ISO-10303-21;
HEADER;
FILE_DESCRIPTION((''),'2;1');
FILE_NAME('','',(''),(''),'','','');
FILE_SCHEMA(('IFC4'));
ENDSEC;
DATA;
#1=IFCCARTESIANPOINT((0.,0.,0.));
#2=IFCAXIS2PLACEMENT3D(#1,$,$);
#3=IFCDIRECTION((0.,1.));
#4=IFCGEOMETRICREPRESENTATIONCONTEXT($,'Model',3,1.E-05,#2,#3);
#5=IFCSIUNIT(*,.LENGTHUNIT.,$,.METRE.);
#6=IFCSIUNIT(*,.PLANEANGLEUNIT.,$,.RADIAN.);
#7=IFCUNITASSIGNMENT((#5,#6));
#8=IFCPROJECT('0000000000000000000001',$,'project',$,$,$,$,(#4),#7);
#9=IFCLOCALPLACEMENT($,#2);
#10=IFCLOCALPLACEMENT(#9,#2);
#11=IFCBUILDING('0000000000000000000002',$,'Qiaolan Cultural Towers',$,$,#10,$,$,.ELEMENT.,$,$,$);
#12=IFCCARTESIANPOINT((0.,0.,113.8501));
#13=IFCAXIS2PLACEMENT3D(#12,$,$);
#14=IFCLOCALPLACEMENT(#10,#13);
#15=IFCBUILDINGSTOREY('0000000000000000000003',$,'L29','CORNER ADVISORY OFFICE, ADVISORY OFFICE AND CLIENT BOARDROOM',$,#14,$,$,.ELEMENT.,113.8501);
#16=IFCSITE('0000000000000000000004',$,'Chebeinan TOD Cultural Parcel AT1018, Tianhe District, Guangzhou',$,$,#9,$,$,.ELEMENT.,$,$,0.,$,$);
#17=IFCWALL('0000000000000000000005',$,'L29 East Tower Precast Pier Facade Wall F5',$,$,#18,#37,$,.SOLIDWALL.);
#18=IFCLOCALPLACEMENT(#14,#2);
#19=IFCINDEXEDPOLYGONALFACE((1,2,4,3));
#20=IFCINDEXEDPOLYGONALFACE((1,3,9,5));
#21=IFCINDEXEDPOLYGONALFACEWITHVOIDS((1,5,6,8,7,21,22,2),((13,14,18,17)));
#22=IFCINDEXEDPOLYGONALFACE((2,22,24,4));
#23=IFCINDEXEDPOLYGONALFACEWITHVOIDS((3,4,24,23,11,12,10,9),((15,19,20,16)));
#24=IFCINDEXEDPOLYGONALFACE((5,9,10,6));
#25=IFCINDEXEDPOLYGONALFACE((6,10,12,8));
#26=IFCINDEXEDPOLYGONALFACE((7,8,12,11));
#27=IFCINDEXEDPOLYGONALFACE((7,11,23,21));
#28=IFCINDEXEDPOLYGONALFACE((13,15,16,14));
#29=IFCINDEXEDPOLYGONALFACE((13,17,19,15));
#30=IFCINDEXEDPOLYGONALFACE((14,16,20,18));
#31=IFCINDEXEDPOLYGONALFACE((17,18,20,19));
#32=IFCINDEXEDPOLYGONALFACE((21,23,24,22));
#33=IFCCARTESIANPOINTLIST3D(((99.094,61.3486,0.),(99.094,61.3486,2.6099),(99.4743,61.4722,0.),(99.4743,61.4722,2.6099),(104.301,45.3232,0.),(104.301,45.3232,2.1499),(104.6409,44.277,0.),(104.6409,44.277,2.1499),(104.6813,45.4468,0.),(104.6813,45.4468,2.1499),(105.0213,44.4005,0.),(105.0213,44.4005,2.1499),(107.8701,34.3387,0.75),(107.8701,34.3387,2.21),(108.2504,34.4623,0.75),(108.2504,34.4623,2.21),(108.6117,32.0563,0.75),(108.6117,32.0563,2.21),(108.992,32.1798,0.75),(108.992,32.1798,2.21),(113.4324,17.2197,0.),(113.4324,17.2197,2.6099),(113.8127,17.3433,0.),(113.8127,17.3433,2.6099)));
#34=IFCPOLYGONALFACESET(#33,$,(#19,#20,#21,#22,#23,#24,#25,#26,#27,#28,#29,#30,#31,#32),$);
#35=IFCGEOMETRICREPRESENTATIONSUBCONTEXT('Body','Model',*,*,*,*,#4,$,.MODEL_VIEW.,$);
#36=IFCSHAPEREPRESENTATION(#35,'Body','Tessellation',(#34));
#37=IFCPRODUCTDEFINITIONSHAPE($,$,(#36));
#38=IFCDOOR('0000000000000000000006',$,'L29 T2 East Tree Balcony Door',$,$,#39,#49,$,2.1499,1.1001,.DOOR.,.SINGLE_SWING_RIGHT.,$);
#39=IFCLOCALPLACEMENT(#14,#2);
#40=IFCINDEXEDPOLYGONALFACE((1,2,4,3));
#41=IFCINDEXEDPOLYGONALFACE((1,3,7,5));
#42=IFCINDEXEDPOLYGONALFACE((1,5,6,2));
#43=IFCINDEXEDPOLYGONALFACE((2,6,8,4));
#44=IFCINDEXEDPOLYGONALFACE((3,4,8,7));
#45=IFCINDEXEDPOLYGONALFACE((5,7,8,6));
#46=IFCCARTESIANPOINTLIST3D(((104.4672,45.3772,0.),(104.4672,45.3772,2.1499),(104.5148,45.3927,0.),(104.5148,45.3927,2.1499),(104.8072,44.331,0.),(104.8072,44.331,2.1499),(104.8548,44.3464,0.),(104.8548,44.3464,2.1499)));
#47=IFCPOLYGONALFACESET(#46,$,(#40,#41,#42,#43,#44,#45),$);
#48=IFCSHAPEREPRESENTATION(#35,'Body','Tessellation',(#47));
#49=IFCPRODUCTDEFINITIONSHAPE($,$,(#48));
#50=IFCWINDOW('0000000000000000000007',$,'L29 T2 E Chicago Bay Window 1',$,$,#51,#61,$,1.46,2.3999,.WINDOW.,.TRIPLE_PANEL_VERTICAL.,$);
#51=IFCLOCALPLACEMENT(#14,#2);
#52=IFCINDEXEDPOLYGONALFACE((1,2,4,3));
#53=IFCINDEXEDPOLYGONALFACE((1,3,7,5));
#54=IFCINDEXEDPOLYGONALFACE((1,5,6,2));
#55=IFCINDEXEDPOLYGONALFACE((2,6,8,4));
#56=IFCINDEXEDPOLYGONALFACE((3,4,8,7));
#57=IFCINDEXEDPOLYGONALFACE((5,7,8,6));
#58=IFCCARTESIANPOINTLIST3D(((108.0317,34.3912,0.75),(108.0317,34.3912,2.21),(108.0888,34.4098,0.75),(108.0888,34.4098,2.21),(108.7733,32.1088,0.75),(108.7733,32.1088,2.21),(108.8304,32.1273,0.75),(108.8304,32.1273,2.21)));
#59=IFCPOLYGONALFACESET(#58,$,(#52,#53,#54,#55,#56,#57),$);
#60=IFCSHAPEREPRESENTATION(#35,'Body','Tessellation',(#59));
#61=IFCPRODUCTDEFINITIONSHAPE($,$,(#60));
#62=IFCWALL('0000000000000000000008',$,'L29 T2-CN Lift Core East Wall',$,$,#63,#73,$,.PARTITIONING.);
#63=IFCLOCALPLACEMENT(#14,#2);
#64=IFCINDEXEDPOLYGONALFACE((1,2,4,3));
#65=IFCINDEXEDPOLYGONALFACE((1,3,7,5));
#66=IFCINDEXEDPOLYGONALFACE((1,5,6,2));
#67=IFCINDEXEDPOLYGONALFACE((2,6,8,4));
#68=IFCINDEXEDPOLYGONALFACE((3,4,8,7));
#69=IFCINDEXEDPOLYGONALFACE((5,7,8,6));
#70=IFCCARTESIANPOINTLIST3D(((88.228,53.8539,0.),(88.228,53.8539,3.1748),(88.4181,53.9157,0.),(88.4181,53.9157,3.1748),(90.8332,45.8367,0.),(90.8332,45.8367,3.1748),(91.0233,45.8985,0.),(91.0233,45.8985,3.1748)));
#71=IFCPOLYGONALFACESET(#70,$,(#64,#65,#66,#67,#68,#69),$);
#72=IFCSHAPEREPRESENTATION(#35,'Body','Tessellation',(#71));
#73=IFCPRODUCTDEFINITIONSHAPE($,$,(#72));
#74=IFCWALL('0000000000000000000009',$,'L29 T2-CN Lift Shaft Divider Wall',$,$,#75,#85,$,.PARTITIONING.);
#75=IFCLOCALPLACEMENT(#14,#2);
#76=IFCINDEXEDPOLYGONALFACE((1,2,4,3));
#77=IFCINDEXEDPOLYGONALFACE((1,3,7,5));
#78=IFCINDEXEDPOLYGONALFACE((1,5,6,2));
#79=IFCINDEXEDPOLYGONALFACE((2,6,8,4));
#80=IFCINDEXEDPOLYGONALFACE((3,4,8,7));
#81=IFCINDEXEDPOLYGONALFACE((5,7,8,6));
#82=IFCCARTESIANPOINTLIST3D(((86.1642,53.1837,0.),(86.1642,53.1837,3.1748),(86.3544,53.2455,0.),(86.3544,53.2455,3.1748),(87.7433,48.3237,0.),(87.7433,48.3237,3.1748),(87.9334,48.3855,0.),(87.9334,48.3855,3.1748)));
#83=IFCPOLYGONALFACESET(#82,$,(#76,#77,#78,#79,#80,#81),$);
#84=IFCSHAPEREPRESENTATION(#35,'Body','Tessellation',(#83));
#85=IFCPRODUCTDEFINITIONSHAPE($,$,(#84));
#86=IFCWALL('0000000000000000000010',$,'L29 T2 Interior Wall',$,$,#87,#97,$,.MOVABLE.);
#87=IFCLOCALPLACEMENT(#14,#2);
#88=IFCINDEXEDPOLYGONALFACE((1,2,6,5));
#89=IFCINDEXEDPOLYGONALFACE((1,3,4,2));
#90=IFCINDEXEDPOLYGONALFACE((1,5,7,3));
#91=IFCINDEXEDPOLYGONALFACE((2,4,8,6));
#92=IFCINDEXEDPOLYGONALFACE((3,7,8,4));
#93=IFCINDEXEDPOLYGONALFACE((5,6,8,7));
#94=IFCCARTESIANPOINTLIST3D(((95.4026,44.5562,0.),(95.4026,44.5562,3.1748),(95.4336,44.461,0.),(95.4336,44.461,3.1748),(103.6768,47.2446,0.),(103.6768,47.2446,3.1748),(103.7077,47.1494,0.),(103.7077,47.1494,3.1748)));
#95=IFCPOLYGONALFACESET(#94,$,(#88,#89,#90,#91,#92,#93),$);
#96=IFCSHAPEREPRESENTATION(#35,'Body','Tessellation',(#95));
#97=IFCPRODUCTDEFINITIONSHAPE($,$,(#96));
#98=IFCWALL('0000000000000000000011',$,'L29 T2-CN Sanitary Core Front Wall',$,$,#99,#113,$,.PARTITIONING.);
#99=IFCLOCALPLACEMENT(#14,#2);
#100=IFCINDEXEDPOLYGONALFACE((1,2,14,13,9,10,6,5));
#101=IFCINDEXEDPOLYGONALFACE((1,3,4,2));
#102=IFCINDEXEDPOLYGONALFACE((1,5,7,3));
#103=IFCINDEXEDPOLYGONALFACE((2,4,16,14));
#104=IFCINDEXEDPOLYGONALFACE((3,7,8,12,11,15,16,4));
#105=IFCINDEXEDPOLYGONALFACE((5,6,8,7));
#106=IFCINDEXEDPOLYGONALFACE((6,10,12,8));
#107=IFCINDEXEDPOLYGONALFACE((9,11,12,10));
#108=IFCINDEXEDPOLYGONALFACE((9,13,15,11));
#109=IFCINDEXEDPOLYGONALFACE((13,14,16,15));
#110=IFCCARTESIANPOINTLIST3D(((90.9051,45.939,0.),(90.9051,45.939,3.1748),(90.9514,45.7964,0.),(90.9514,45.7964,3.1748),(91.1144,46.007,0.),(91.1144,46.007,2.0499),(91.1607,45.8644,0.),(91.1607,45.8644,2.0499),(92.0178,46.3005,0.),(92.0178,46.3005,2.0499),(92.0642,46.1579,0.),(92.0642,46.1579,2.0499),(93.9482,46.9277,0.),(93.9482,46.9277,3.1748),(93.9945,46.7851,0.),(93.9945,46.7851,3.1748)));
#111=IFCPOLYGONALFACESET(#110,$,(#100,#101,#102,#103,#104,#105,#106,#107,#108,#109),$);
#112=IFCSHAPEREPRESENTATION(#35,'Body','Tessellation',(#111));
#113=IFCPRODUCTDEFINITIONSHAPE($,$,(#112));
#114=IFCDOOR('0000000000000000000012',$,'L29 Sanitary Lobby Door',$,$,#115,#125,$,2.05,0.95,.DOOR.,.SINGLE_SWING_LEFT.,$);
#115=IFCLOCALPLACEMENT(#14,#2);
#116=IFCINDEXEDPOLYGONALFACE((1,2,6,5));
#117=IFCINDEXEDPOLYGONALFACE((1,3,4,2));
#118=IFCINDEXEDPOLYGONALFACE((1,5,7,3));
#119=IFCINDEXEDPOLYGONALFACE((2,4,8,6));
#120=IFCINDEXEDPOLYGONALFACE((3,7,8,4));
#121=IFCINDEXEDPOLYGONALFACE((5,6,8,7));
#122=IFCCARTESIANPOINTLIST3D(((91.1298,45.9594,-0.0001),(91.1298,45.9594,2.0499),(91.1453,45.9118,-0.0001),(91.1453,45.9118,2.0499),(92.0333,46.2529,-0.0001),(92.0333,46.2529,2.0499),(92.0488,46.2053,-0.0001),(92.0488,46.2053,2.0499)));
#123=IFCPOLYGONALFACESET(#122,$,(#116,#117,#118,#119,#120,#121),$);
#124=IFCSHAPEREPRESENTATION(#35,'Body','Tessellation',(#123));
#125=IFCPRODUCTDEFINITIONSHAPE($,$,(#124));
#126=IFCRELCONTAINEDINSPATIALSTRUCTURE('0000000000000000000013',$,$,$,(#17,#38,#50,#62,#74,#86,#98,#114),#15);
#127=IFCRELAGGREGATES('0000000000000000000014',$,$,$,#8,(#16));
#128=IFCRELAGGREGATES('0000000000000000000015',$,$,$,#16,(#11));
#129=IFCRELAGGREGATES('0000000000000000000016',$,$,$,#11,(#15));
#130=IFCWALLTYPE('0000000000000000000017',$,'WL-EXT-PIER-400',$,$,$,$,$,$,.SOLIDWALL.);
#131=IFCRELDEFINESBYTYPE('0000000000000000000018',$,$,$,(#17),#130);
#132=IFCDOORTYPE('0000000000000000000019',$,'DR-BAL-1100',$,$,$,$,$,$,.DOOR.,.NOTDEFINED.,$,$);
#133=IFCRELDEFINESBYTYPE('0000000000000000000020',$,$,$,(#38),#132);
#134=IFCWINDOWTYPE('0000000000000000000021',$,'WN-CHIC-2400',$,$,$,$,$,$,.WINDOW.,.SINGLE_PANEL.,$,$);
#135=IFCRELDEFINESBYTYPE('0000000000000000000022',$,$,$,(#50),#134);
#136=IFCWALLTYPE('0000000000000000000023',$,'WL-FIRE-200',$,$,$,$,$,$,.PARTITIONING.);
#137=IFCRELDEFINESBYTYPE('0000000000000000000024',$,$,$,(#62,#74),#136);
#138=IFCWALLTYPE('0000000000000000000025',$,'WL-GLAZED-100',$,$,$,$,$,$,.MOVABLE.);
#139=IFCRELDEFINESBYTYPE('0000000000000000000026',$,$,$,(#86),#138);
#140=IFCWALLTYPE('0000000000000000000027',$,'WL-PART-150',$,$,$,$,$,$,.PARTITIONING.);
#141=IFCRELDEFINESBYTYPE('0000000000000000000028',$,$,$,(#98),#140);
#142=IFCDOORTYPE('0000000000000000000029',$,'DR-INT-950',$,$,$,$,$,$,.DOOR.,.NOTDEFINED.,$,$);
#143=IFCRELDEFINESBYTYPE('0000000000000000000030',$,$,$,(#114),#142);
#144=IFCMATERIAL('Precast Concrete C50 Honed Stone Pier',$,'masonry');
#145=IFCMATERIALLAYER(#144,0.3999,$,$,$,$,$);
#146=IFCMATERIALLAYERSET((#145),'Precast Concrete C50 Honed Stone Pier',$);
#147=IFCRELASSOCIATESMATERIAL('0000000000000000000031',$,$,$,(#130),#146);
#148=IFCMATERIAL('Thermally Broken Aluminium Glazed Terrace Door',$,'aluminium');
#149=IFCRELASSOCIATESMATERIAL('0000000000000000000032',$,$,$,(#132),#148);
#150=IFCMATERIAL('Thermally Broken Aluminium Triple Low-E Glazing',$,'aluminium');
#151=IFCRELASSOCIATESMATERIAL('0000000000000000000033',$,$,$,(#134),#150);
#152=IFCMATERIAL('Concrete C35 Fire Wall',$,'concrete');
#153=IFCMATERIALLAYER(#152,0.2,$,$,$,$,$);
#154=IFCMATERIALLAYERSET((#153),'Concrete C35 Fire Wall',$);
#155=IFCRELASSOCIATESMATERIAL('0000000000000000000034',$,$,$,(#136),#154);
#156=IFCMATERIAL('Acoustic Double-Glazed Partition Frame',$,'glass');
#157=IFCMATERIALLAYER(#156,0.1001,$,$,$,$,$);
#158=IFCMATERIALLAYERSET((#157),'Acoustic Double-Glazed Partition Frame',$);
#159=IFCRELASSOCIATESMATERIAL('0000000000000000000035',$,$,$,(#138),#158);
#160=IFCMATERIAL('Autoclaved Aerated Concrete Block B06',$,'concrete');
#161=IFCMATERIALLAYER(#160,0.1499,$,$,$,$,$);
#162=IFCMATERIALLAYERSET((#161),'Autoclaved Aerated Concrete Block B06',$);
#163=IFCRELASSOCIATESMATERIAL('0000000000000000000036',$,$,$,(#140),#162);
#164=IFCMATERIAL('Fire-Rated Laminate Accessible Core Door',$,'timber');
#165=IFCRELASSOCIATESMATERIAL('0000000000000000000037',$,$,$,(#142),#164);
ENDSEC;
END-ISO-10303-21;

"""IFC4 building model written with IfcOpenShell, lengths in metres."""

from ifc_helpers import new_model, si_unit, direction, frame, frame_2d, origin, place, context, subcontext, project, spatial, rectangle, extrude, material, layer, layer_set, type_object, element, fill, save


model = new_model("IFC4")

# Units and contexts
model_context = context("Model", 3, precision=1e-05, world=origin(), true_north=direction((0.0, 1.0)))
body_context = subcontext(model_context, "Body", "Model", "MODEL_VIEW")
ifc_project = project(units=[si_unit("LENGTHUNIT", "METRE"), si_unit("PLANEANGLEUNIT", "RADIAN")], contexts=[model_context])

# Site, building, storey
site_placement = place(None, origin())
site = spatial("IfcSite", under=ifc_project, at=site_placement, Name="Chebeinan TOD Cultural Parcel AT1018, Tianhe District, Guangzhou", CompositionType="ELEMENT", RefElevation=0.0)
building_placement = place(site_placement, origin())
building = spatial("IfcBuilding", under=site, at=building_placement, Name="Qiaolan Cultural Towers", CompositionType="ELEMENT")
storey_placement = place(building_placement, frame((0.0, 0.0, 113.8501)))
storey = spatial("IfcBuildingStorey", under=building, at=storey_placement, Name="L29", Description="CORNER ADVISORY OFFICE, ADVISORY OFFICE AND CLIENT BOARDROOM", CompositionType="ELEMENT", Elevation=113.8501)

# Shared definitions
ifc_material_1 = material(Name="Precast Concrete C50 Honed Stone Pier", Category="masonry")
ifc_layer_1 = layer(ifc_material_1, 0.3999)
ifc_layer_set_1 = layer_set([ifc_layer_1], Name="Precast Concrete C50 Honed Stone Pier")
wall_type_1 = type_object("IfcWallType", Name="WL-EXT-PIER-400", PredefinedType="SOLIDWALL", material=ifc_layer_set_1)

# Wall, openings, door, window
wall_1_placement = place(storey_placement, frame((99.2842, 61.4104, 0.0), z_axis=(0.0, 0.0, 1.0), x_axis=(0.309018, -0.951056, 0.0)))
wall_1 = element("IfcWall", 1, at=wall_1_placement, inside=storey, type_object=wall_type_1, Name="L29 East Tower Precast Pier Facade Wall F5", PredefinedType="SOLIDWALL", context=body_context, shape_type="SweptSolid", body=[
    extrude(rectangle(XDim=46.3999, YDim=0.3999, at=frame_2d((23.2, 0.0))), origin(), (0.0, 0.0, 1.0), 2.6099),
])
opening_1_placement = place(wall_1_placement, frame((28.3999, 0.0, 0.75)))
opening_1 = element("IfcOpeningElement", 2, at=opening_1_placement, cuts=wall_1, PredefinedType="OPENING", context=body_context, shape_type="SweptSolid", body=[
    extrude(rectangle(XDim=2.3999, YDim=1.46, at=frame_2d((1.2, 0.73))), frame((0.0, 0.21, 0.0), z_axis=(0.0, -1.0, 0.0), x_axis=(1.0, 0.0, 0.0)), (0.0, 0.0, 1.0), 0.4199),
])
opening_2_placement = place(wall_1_placement, frame((16.8501, 0.0, 0.0)))
opening_2 = element("IfcOpeningElement", 3, at=opening_2_placement, cuts=wall_1, PredefinedType="OPENING", context=body_context, shape_type="SweptSolid", body=[
    extrude(rectangle(XDim=1.1001, YDim=2.1499, at=frame_2d((0.55, 1.075))), frame((0.0, 0.21, 0.0), z_axis=(0.0, -1.0, 0.0), x_axis=(1.0, 0.0, 0.0)), (0.0, 0.0, 1.0), 0.4199),
])
ifc_material_2 = material(Name="Thermally Broken Aluminium Glazed Terrace Door", Category="aluminium")
door_type_1 = type_object("IfcDoorType", Name="DR-BAL-1100", OperationType="NOTDEFINED", PredefinedType="DOOR", material=ifc_material_2)
door_1_placement = place(opening_2_placement, origin())
door_1 = element("IfcDoor", 4, at=door_1_placement, inside=storey, type_object=door_type_1, Name="L29 T2 East Tree Balcony Door", OperationType="SINGLE_SWING_RIGHT", OverallHeight=2.1499, OverallWidth=1.1001, PredefinedType="DOOR", context=body_context, shape_type="SweptSolid", body=[
    extrude(rectangle(XDim=1.1001, YDim=2.1499, at=frame_2d((0.55, 1.075))), frame((0.0, 0.0249, 0.0), z_axis=(0.0, -1.0, 0.0), x_axis=(1.0, 0.0, 0.0)), (0.0, 0.0, 1.0), 0.05),
])
fill(opening_2, door_1)
ifc_material_3 = material(Name="Thermally Broken Aluminium Triple Low-E Glazing", Category="aluminium")
window_type = type_object("IfcWindowType", Name="WN-CHIC-2400", PartitioningType="SINGLE_PANEL", PredefinedType="WINDOW", material=ifc_material_3)
window_placement = place(opening_1_placement, origin())
window = element("IfcWindow", 5, at=window_placement, inside=storey, type_object=window_type, Name="L29 T2 E Chicago Bay Window 1", OverallHeight=1.46, OverallWidth=2.3999, PartitioningType="TRIPLE_PANEL_VERTICAL", PredefinedType="WINDOW", context=body_context, shape_type="SweptSolid", body=[
    extrude(rectangle(XDim=2.3999, YDim=1.46, at=frame_2d((1.2, 0.73))), frame((0.0, 0.03, 0.0), z_axis=(0.0, -1.0, 0.0), x_axis=(1.0, 0.0, 0.0)), (0.0, 0.0, 1.0), 0.0601),
])
fill(opening_1, window)

# Walls
ifc_material_4 = material(Name="Concrete C35 Fire Wall", Category="concrete")
ifc_layer_2 = layer(ifc_material_4, 0.2)
ifc_layer_set_2 = layer_set([ifc_layer_2], Name="Concrete C35 Fire Wall")
wall_type_2 = type_object("IfcWallType", Name="WL-FIRE-200", PredefinedType="PARTITIONING", material=ifc_layer_set_2)
wall_2_placement = place(storey_placement, frame((90.9282, 45.8677, 0.0), z_axis=(0.0, 0.0, 1.0), x_axis=(-0.309042, 0.951048, 0.0)))
element("IfcWall", 6, at=wall_2_placement, inside=storey, type_object=wall_type_2, Name="L29 T2-CN Lift Core East Wall", PredefinedType="PARTITIONING", context=body_context, shape_type="SweptSolid", body=[
    extrude(rectangle(XDim=8.4299, YDim=0.2, at=frame_2d((4.2148, 0.0))), origin(), (0.0, 0.0, 1.0), 3.1748),
])
wall_3_placement = place(storey_placement, frame((87.8384, 48.3545, 0.0), z_axis=(0.0, 0.0, 1.0), x_axis=(-0.309009, 0.951059, 0.0)))
element("IfcWall", 7, at=wall_3_placement, inside=storey, type_object=wall_type_2, Name="L29 T2-CN Lift Shaft Divider Wall", PredefinedType="PARTITIONING", context=body_context, shape_type="SweptSolid", body=[
    extrude(rectangle(XDim=5.1101, YDim=0.2, at=frame_2d((2.5552, 0.0))), origin(), (0.0, 0.0, 1.0), 3.1748),
])
ifc_material_5 = material(Name="Acoustic Double-Glazed Partition Frame", Category="glass")
ifc_layer_3 = layer(ifc_material_5, 0.1001)
ifc_layer_set_3 = layer_set([ifc_layer_3], Name="Acoustic Double-Glazed Partition Frame")
wall_type_3 = type_object("IfcWallType", Name="WL-GLAZED-100", PredefinedType="MOVABLE", material=ifc_layer_set_3)
wall_4_placement = place(storey_placement, frame((95.418, 44.5085, 0.0), z_axis=(0.0, 0.0, 1.0), x_axis=(0.951055, 0.309021, 0.0)))
element("IfcWall", 8, at=wall_4_placement, inside=storey, type_object=wall_type_3, Name="L29 T2 Interior Wall", PredefinedType="MOVABLE", context=body_context, shape_type="SweptSolid", body=[
    extrude(rectangle(XDim=8.7, YDim=0.1001, at=frame_2d((4.3501, 0.0))), origin(), (0.0, 0.0, 1.0), 3.1748),
])

# Wall, opening, door
ifc_material_6 = material(Name="Autoclaved Aerated Concrete Block B06", Category="concrete")
ifc_layer_4 = layer(ifc_material_6, 0.1499)
ifc_layer_set_4 = layer_set([ifc_layer_4], Name="Autoclaved Aerated Concrete Block B06")
wall_type_4 = type_object("IfcWallType", Name="WL-PART-150", PredefinedType="PARTITIONING", material=ifc_layer_set_4)
wall_5_placement = place(storey_placement, frame((90.9282, 45.8677, 0.0), z_axis=(0.0, 0.0, 1.0), x_axis=(0.951059, 0.309008, 0.0)))
wall_5 = element("IfcWall", 9, at=wall_5_placement, inside=storey, type_object=wall_type_4, Name="L29 T2-CN Sanitary Core Front Wall", PredefinedType="PARTITIONING", context=body_context, shape_type="SweptSolid", body=[
    extrude(rectangle(XDim=3.1997, YDim=0.1499, at=frame_2d((1.5999, 0.0))), origin(), (0.0, 0.0, 1.0), 3.1748),
])
opening_3_placement = place(wall_5_placement, frame((0.22, 0.0, 0.0)))
opening_3 = element("IfcOpeningElement", 10, at=opening_3_placement, cuts=wall_5, PredefinedType="OPENING", context=body_context, shape_type="SweptSolid", body=[
    extrude(rectangle(XDim=0.95, YDim=2.05, at=frame_2d((0.4751, 1.0249))), frame((0.0, 0.085, 0.0), z_axis=(0.0, -1.0, 0.0), x_axis=(1.0, 0.0, 0.0)), (0.0, 0.0, 1.0), 0.1699),
])
ifc_material_7 = material(Name="Fire-Rated Laminate Accessible Core Door", Category="timber")
door_type_2 = type_object("IfcDoorType", Name="DR-INT-950", OperationType="NOTDEFINED", PredefinedType="DOOR", material=ifc_material_7)
door_2_placement = place(opening_3_placement, origin())
door_2 = element("IfcDoor", 11, at=door_2_placement, inside=storey, type_object=door_type_2, Name="L29 Sanitary Lobby Door", OperationType="SINGLE_SWING_LEFT", OverallHeight=2.05, OverallWidth=0.95, PredefinedType="DOOR", context=body_context, shape_type="SweptSolid", body=[
    extrude(rectangle(XDim=0.95, YDim=2.05, at=frame_2d((0.4751, 1.0249))), frame((0.0, 0.0249, 0.0), z_axis=(0.0, -1.0, 0.0), x_axis=(1.0, 0.0, 0.0)), (0.0, 0.0, 1.0), 0.05),
])
fill(opening_3, door_2)

save(model, "model.ifc")
